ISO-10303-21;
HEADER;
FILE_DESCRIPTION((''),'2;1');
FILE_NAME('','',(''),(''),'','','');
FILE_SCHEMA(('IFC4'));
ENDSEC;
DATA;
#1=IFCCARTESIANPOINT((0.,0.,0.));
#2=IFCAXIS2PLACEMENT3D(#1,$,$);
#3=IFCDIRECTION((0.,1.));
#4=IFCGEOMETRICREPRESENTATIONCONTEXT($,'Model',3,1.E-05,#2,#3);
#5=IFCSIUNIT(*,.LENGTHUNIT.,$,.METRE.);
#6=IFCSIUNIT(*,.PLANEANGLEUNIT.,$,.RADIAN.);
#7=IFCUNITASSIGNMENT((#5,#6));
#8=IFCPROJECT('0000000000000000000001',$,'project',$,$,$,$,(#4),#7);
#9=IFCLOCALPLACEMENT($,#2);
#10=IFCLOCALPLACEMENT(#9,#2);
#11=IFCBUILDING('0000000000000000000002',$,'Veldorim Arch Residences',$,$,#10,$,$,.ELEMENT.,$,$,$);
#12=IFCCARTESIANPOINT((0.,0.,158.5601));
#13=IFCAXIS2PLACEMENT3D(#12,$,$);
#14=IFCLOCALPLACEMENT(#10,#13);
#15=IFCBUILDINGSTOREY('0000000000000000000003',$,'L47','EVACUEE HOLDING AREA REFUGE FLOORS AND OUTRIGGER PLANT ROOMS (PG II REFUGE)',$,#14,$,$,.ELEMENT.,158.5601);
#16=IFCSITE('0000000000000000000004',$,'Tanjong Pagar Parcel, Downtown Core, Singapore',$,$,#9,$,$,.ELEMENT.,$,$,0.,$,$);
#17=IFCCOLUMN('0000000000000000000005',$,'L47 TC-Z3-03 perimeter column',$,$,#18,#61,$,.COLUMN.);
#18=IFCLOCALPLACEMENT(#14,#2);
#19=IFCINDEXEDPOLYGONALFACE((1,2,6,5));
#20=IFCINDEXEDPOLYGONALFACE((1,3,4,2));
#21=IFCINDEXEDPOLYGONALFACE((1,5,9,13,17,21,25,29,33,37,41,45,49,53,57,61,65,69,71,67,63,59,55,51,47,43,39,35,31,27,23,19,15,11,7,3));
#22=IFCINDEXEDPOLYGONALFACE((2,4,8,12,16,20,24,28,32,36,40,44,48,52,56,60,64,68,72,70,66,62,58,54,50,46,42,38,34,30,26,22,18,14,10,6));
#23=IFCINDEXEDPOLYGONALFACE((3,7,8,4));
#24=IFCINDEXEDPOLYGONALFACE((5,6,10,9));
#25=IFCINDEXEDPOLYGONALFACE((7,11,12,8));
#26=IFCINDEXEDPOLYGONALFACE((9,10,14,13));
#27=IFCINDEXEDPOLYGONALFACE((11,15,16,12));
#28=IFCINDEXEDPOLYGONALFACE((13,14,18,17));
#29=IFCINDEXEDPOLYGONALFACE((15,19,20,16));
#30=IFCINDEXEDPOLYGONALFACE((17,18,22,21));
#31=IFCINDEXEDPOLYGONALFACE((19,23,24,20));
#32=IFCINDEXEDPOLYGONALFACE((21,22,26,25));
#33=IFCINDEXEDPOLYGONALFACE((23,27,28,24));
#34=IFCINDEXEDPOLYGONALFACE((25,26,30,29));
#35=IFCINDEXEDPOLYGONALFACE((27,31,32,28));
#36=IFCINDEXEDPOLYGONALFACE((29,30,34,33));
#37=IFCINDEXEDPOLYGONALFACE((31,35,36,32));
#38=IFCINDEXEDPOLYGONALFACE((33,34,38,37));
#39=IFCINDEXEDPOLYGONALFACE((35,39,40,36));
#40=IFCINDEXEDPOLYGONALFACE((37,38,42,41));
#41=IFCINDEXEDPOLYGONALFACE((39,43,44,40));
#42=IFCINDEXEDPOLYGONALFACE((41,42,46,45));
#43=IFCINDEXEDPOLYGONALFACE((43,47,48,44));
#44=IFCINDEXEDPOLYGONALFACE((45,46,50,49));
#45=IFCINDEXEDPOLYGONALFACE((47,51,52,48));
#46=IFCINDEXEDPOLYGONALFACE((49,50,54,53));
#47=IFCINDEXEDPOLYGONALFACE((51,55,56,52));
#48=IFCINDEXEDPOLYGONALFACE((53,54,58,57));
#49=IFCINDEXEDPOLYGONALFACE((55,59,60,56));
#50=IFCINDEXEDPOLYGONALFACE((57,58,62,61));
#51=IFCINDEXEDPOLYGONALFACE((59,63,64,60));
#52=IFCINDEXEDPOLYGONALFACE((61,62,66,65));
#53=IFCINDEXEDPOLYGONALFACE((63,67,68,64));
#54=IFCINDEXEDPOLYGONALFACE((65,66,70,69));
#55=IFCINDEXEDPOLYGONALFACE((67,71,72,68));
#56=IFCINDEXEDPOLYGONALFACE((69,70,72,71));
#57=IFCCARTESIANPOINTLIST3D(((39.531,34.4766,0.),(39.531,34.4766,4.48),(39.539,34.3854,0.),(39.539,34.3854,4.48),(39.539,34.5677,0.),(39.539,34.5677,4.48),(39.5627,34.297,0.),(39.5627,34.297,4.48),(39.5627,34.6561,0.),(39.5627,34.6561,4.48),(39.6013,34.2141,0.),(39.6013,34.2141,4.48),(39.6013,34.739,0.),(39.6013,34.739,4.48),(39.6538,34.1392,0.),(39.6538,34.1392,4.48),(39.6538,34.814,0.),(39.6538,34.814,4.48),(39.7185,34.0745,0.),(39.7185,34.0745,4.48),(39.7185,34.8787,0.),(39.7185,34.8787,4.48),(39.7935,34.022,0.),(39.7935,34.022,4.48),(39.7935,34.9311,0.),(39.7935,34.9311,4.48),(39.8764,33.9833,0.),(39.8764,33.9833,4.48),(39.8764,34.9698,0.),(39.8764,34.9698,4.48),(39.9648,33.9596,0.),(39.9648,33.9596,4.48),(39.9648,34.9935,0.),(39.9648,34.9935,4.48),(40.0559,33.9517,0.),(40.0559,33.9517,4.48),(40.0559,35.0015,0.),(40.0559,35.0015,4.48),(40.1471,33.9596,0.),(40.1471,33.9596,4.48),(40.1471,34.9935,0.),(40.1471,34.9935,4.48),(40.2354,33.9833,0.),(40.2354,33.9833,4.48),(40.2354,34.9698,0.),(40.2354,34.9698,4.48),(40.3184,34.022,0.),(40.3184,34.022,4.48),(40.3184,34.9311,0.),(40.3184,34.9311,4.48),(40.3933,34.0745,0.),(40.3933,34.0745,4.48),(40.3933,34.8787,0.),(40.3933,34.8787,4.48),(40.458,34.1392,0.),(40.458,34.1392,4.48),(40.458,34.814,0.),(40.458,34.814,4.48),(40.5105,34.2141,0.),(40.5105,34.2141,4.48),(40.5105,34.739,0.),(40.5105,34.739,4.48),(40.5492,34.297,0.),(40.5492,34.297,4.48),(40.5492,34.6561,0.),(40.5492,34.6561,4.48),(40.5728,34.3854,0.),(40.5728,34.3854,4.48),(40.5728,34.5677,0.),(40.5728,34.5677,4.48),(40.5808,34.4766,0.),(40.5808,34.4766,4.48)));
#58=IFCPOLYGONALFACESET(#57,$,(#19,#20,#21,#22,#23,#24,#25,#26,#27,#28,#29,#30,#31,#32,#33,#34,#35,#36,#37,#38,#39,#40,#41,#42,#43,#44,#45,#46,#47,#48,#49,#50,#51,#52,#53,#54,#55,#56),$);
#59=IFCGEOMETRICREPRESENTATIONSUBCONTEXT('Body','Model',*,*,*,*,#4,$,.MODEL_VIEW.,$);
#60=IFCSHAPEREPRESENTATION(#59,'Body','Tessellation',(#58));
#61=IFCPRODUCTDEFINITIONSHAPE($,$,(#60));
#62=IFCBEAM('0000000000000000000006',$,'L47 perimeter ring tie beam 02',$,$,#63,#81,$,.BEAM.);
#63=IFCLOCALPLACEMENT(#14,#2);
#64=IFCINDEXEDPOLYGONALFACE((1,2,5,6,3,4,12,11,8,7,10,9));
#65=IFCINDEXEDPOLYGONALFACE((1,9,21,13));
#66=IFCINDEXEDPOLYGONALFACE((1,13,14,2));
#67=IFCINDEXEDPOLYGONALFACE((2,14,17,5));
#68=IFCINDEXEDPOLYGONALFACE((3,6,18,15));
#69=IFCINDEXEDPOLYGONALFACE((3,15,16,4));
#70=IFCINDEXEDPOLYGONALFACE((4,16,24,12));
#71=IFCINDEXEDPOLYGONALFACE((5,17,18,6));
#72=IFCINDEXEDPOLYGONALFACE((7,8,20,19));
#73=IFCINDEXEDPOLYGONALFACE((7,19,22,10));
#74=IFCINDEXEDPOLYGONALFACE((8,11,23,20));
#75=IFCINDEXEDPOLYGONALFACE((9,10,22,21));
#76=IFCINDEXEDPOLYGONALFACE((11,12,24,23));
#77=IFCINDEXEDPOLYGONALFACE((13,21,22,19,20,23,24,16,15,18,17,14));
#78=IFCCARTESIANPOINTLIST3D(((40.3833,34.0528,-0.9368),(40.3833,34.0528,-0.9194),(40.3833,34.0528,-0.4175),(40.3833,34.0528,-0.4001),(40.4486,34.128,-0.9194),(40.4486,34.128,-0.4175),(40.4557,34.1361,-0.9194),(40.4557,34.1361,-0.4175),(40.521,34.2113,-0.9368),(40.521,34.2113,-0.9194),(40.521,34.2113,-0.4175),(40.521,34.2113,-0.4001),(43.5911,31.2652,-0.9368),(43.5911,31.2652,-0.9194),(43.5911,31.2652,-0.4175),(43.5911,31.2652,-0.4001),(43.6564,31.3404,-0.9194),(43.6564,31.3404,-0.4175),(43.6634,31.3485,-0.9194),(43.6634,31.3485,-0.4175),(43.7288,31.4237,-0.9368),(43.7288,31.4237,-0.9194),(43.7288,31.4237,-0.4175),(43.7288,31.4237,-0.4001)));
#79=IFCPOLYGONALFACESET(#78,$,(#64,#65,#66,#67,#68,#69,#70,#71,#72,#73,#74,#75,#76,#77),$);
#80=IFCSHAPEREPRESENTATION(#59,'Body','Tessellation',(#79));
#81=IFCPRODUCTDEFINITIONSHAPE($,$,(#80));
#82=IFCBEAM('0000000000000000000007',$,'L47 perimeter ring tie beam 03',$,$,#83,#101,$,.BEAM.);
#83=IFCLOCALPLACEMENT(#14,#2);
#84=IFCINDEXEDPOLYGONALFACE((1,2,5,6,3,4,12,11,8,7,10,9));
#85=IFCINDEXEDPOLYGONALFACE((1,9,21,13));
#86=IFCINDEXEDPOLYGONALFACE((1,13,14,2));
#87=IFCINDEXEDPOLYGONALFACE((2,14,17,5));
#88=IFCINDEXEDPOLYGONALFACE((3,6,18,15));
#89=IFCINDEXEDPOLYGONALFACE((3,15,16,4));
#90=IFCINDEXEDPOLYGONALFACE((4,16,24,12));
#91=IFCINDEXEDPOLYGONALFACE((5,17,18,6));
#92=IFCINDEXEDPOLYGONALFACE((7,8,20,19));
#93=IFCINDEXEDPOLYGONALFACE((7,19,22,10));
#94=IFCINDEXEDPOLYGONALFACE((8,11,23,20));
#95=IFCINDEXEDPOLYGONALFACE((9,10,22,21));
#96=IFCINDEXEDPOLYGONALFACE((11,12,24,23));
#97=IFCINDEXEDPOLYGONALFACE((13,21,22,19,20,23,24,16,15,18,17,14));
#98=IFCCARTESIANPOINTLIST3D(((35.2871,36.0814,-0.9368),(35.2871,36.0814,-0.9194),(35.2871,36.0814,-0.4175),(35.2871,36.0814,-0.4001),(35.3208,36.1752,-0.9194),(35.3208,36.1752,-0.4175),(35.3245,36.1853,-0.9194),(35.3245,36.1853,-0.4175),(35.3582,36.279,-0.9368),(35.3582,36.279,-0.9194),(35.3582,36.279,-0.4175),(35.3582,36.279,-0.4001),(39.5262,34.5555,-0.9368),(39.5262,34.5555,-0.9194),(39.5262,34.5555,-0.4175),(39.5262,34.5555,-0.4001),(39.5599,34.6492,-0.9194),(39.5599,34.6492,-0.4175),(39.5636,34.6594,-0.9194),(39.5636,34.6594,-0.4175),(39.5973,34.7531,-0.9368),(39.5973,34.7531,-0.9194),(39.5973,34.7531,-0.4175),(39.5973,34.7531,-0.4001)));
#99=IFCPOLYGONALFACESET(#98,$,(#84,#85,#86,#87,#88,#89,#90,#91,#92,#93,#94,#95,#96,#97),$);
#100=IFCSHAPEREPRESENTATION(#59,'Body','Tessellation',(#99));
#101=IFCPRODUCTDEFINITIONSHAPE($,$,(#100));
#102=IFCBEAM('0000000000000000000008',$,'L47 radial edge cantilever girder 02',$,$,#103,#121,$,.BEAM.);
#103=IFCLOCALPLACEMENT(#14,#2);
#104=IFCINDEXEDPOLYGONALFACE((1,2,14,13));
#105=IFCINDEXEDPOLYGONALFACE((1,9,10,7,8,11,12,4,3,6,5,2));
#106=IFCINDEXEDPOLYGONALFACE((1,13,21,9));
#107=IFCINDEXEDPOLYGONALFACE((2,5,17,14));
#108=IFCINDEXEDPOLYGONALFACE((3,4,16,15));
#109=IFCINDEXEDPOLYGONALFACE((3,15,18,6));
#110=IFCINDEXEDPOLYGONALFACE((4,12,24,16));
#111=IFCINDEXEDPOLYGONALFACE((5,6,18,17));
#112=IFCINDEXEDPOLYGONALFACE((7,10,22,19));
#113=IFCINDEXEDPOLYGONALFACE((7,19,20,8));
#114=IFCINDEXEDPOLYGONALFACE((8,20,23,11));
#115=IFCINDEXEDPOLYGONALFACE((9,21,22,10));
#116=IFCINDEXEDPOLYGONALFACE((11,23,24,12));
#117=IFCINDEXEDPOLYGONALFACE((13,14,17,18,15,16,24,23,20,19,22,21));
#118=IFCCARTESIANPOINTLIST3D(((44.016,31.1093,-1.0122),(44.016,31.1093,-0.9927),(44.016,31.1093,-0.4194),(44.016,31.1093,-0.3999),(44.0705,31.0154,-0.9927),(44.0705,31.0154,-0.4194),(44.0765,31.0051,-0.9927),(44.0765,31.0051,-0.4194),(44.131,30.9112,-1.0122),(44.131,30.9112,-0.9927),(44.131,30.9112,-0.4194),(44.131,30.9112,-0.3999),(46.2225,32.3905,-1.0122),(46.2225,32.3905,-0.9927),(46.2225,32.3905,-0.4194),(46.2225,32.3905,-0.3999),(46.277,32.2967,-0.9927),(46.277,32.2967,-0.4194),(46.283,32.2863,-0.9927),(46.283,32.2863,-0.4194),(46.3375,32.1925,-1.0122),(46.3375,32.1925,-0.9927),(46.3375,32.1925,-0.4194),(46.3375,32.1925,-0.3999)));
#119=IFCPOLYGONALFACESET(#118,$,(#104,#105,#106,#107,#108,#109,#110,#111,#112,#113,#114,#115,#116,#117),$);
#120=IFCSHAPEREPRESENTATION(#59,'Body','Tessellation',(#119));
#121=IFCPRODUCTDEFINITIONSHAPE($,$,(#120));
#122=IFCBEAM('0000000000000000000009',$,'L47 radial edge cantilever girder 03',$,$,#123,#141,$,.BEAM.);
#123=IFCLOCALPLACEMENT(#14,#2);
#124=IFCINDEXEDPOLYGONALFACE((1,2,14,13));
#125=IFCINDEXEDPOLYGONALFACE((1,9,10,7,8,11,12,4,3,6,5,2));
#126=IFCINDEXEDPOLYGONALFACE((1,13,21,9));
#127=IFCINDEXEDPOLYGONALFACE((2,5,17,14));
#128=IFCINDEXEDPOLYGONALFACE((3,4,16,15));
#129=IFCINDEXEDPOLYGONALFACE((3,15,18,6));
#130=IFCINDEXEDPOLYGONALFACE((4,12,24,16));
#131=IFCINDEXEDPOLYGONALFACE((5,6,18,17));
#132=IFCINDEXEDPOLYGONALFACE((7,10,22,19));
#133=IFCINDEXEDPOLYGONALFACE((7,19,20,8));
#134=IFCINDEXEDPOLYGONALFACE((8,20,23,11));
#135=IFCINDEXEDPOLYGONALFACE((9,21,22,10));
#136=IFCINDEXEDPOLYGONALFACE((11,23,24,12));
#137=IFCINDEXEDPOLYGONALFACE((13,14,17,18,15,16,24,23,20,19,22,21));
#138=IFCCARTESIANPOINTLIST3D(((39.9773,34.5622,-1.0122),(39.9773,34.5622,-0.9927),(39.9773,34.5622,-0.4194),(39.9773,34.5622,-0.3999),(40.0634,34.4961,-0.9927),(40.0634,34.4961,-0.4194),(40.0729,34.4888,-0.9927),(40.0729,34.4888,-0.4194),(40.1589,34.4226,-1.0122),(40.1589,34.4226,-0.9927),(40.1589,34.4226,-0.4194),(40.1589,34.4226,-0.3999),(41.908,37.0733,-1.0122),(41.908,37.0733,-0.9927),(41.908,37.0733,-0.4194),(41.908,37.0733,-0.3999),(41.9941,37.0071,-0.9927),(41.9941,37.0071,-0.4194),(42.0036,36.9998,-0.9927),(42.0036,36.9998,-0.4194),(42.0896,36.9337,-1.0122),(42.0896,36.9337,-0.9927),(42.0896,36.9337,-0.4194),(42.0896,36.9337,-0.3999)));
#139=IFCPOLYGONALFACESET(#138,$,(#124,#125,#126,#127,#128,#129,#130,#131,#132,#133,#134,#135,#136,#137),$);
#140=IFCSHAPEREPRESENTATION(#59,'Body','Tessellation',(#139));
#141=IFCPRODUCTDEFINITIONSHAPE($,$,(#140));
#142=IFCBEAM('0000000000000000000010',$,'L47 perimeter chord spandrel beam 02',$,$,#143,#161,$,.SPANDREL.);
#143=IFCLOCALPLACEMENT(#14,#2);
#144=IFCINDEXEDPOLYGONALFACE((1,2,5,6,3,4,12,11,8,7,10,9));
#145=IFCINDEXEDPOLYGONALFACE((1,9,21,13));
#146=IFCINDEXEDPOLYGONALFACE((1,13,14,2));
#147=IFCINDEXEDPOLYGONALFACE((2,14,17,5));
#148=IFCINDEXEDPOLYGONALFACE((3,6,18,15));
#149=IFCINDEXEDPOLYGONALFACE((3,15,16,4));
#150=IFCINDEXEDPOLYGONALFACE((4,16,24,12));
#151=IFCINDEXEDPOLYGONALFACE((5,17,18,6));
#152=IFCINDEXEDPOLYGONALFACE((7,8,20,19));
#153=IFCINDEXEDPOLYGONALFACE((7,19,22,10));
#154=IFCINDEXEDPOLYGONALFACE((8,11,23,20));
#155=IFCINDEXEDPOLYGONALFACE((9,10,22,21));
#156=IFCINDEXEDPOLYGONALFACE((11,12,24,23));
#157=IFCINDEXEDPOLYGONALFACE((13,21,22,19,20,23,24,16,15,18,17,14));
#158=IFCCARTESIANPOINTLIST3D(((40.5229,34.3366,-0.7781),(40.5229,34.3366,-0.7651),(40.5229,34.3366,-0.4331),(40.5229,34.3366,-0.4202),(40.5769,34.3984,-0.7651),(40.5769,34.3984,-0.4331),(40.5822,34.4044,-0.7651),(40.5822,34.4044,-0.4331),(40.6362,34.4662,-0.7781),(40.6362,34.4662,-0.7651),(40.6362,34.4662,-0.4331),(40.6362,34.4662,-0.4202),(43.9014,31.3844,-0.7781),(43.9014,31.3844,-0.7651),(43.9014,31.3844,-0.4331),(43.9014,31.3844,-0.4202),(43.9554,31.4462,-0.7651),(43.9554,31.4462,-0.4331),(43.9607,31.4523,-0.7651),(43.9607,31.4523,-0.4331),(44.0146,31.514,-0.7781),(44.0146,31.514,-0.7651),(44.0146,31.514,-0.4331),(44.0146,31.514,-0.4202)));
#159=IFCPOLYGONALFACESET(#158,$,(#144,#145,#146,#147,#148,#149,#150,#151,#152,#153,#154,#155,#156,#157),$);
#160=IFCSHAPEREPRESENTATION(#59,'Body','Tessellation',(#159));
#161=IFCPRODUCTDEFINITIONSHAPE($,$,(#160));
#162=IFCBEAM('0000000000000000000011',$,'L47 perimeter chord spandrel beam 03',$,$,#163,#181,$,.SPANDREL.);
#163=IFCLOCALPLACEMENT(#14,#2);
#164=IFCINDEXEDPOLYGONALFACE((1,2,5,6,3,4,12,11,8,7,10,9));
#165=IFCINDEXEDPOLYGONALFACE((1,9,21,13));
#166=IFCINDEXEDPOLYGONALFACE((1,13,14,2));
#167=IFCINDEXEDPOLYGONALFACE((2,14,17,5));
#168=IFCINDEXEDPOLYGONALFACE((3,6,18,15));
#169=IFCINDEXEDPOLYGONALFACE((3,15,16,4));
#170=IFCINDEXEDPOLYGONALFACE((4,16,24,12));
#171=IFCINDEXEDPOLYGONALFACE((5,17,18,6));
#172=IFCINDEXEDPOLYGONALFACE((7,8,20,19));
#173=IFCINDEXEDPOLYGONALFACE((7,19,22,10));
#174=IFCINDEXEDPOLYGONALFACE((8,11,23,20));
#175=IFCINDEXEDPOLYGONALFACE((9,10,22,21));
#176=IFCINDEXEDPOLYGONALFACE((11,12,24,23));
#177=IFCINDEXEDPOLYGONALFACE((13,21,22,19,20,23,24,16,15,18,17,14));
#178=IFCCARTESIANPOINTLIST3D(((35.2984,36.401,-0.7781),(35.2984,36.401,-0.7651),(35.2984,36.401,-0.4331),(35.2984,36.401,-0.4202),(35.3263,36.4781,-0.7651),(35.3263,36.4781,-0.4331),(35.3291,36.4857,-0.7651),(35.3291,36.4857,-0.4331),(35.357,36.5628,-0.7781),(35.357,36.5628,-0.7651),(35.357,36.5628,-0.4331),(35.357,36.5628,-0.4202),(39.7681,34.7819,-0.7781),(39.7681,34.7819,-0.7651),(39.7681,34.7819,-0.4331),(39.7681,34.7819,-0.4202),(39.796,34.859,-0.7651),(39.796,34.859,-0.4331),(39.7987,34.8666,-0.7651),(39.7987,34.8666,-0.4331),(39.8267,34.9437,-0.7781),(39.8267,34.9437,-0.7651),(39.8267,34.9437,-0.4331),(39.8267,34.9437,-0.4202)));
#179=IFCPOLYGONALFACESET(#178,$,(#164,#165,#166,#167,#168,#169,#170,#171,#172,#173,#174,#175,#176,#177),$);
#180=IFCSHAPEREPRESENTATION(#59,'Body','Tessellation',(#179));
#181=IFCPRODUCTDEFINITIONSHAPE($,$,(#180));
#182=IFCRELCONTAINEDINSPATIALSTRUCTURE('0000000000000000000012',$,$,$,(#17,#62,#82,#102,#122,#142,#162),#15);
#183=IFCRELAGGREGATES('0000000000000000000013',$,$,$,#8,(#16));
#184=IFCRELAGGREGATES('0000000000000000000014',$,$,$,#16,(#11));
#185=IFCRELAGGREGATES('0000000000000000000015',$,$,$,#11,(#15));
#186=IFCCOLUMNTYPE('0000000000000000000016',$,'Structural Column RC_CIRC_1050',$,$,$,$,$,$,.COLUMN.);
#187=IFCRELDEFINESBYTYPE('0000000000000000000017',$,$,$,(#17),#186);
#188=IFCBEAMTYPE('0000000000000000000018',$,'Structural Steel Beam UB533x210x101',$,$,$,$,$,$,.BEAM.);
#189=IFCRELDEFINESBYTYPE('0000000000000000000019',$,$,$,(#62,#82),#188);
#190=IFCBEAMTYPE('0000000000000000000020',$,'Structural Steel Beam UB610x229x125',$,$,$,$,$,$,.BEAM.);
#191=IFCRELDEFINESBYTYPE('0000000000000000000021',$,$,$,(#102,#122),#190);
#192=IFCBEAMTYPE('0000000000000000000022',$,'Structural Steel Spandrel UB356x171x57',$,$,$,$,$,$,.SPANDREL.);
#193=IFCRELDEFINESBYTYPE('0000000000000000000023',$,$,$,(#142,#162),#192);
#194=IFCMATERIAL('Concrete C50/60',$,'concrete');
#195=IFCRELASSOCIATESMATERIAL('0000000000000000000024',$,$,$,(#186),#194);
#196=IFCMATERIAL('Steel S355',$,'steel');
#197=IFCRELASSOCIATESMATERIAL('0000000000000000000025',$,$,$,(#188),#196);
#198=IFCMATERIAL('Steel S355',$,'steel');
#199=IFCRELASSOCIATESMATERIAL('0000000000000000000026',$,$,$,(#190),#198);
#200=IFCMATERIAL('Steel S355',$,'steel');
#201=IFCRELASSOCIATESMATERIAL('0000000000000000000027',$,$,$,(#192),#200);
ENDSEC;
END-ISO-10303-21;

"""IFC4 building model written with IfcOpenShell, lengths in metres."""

from ifc_helpers import new_model, si_unit, direction, frame, origin, origin_2d, place, context, subcontext, project, spatial, circle, i_section, extrude, material, material_profile, profile_set, type_object, element, save


model = new_model("IFC4")

# Units and contexts
model_context = context("Model", 3, precision=1e-05, world=origin(), true_north=direction((0.0, 1.0)))
body_context = subcontext(model_context, "Body", "Model", "MODEL_VIEW")
ifc_project = project(units=[si_unit("LENGTHUNIT", "METRE"), si_unit("PLANEANGLEUNIT", "RADIAN")], contexts=[model_context])

# Site, building, storey
site_placement = place(None, origin())
site = spatial("IfcSite", under=ifc_project, at=site_placement, Name="Tanjong Pagar Parcel, Downtown Core, Singapore", CompositionType="ELEMENT", RefElevation=0.0)
building_placement = place(site_placement, origin())
building = spatial("IfcBuilding", under=site, at=building_placement, Name="Veldorim Arch Residences", CompositionType="ELEMENT")
storey_placement = place(building_placement, frame((0.0, 0.0, 158.5601)))
storey = spatial("IfcBuildingStorey", under=building, at=storey_placement, Name="L47", Description="EVACUEE HOLDING AREA REFUGE FLOORS AND OUTRIGGER PLANT ROOMS (PG II REFUGE)", CompositionType="ELEMENT", Elevation=158.5601)

# Column
ifc_material_1 = material(Name="Concrete C50/60", Category="concrete")
ifc_material_profile_1 = material_profile(ifc_material_1, circle(Radius=0.5249, at=origin_2d()), Name="RC_CIRC_1050")
ifc_profile_set_1 = profile_set([ifc_material_profile_1], Name="Concrete C50/60")
column_type = type_object("IfcColumnType", Name="Structural Column RC_CIRC_1050", PredefinedType="COLUMN", material=ifc_profile_set_1)
column_placement = place(storey_placement, frame((40.0559, 34.4766, 0.0), z_axis=(0.0, 0.0, 1.0), x_axis=(1.0, 0.0, 0.0)))
element("IfcColumn", 1, at=column_placement, inside=storey, type_object=column_type, Name="L47 TC-Z3-03 perimeter column", PredefinedType="COLUMN", context=body_context, shape_type="SweptSolid", body=[
    extrude(circle(Radius=0.5249, at=origin_2d()), origin(), (0.0, 0.0, 1.0), 4.48),
])

# Beams
ifc_material_2 = material(Name="Steel S355", Category="steel")
ifc_material_profile_2 = material_profile(ifc_material_2, i_section(OverallWidth=0.21, OverallDepth=0.5366, WebThickness=0.0107, FlangeThickness=0.0173, at=origin_2d()), Name="UB533x210x101")
ifc_profile_set_2 = profile_set([ifc_material_profile_2], Name="Steel S355")
beam_type_1 = type_object("IfcBeamType", Name="Structural Steel Beam UB533x210x101", PredefinedType="BEAM", material=ifc_profile_set_2)
beam_1_placement = place(storey_placement, frame((43.6599, 31.3445, -0.6685), z_axis=(-0.754811, 0.655943, 0.0), x_axis=(-0.655943, -0.754811, 0.0)))
element("IfcBeam", 2, at=beam_1_placement, inside=storey, type_object=beam_type_1, Name="L47 perimeter ring tie beam 02", PredefinedType="BEAM", context=body_context, shape_type="SweptSolid", body=[
    extrude(i_section(OverallWidth=0.21, OverallDepth=0.5366, WebThickness=0.0107, FlangeThickness=0.0173, at=origin_2d()), origin(), (0.0, 0.0, 1.0), 4.2498),
])
beam_2_placement = place(storey_placement, frame((39.5618, 34.6543, -0.6685), z_axis=(-0.940899, 0.338687, 0.0), x_axis=(-0.338687, -0.940899, 0.0)))
element("IfcBeam", 3, at=beam_2_placement, inside=storey, type_object=beam_type_1, Name="L47 perimeter ring tie beam 03", PredefinedType="BEAM", context=body_context, shape_type="SweptSolid", body=[
    extrude(i_section(OverallWidth=0.21, OverallDepth=0.5366, WebThickness=0.0107, FlangeThickness=0.0173, at=origin_2d()), origin(), (0.0, 0.0, 1.0), 4.5054),
])
ifc_material_3 = material(Name="Steel S355", Category="steel")
ifc_material_profile_3 = material_profile(ifc_material_3, i_section(OverallWidth=0.229, OverallDepth=0.6123, WebThickness=0.012, FlangeThickness=0.0195, at=origin_2d()), Name="UB610x229x125")
ifc_profile_set_3 = profile_set([ifc_material_profile_3], Name="Steel S355")
beam_type_2 = type_object("IfcBeamType", Name="Structural Steel Beam UB610x229x125", PredefinedType="BEAM", material=ifc_profile_set_3)
beam_3_placement = place(storey_placement, frame((44.0735, 31.0103, -0.7061), z_axis=(0.864784, 0.502145, 0.0), x_axis=(-0.502145, 0.864784, 0.0)))
element("IfcBeam", 4, at=beam_3_placement, inside=storey, type_object=beam_type_2, Name="L47 radial edge cantilever girder 02", PredefinedType="BEAM", context=body_context, shape_type="SweptSolid", body=[
    extrude(i_section(OverallWidth=0.229, OverallDepth=0.6123, WebThickness=0.012, FlangeThickness=0.0195, at=origin_2d()), origin(), (0.0, 0.0, 1.0), 2.5515),
])
beam_4_placement = place(storey_placement, frame((40.0681, 34.4924, -0.7061), z_axis=(0.609539, 0.792756, 0.0), x_axis=(-0.792756, 0.609539, 0.0)))
element("IfcBeam", 5, at=beam_4_placement, inside=storey, type_object=beam_type_2, Name="L47 radial edge cantilever girder 03", PredefinedType="BEAM", context=body_context, shape_type="SweptSolid", body=[
    extrude(i_section(OverallWidth=0.229, OverallDepth=0.6123, WebThickness=0.012, FlangeThickness=0.0195, at=origin_2d()), origin(), (0.0, 0.0, 1.0), 3.1675),
])
ifc_material_4 = material(Name="Steel S355", Category="steel")
ifc_material_profile_4 = material_profile(ifc_material_4, i_section(OverallWidth=0.1721, OverallDepth=0.3579, WebThickness=0.0081, FlangeThickness=0.0129, at=origin_2d()), Name="UB356x171x57")
ifc_profile_set_4 = profile_set([ifc_material_profile_4], Name="Steel S355")
beam_type_3 = type_object("IfcBeamType", Name="Structural Steel Spandrel UB356x171x57", PredefinedType="SPANDREL", material=ifc_profile_set_4)
beam_5_placement = place(storey_placement, frame((43.958, 31.4492, -0.5991), z_axis=(-0.753015, 0.658004, 0.0), x_axis=(-0.658004, -0.753015, 0.0)))
element("IfcBeam", 6, at=beam_5_placement, inside=storey, type_object=beam_type_3, Name="L47 perimeter chord spandrel beam 02", PredefinedType="SPANDREL", context=body_context, shape_type="SweptSolid", body=[
    extrude(i_section(OverallWidth=0.1721, OverallDepth=0.3579, WebThickness=0.0081, FlangeThickness=0.0129, at=origin_2d()), origin(), (0.0, 0.0, 1.0), 4.4866),
])
beam_6_placement = place(storey_placement, frame((39.7974, 34.8628, -0.5991), z_axis=(-0.940213, 0.340588, 0.0), x_axis=(-0.340588, -0.940213, 0.0)))
element("IfcBeam", 7, at=beam_6_placement, inside=storey, type_object=beam_type_3, Name="L47 perimeter chord spandrel beam 03", PredefinedType="SPANDREL", context=body_context, shape_type="SweptSolid", body=[
    extrude(i_section(OverallWidth=0.1721, OverallDepth=0.3579, WebThickness=0.0081, FlangeThickness=0.0129, at=origin_2d()), origin(), (0.0, 0.0, 1.0), 4.7539),
])

save(model, "model.ifc")
